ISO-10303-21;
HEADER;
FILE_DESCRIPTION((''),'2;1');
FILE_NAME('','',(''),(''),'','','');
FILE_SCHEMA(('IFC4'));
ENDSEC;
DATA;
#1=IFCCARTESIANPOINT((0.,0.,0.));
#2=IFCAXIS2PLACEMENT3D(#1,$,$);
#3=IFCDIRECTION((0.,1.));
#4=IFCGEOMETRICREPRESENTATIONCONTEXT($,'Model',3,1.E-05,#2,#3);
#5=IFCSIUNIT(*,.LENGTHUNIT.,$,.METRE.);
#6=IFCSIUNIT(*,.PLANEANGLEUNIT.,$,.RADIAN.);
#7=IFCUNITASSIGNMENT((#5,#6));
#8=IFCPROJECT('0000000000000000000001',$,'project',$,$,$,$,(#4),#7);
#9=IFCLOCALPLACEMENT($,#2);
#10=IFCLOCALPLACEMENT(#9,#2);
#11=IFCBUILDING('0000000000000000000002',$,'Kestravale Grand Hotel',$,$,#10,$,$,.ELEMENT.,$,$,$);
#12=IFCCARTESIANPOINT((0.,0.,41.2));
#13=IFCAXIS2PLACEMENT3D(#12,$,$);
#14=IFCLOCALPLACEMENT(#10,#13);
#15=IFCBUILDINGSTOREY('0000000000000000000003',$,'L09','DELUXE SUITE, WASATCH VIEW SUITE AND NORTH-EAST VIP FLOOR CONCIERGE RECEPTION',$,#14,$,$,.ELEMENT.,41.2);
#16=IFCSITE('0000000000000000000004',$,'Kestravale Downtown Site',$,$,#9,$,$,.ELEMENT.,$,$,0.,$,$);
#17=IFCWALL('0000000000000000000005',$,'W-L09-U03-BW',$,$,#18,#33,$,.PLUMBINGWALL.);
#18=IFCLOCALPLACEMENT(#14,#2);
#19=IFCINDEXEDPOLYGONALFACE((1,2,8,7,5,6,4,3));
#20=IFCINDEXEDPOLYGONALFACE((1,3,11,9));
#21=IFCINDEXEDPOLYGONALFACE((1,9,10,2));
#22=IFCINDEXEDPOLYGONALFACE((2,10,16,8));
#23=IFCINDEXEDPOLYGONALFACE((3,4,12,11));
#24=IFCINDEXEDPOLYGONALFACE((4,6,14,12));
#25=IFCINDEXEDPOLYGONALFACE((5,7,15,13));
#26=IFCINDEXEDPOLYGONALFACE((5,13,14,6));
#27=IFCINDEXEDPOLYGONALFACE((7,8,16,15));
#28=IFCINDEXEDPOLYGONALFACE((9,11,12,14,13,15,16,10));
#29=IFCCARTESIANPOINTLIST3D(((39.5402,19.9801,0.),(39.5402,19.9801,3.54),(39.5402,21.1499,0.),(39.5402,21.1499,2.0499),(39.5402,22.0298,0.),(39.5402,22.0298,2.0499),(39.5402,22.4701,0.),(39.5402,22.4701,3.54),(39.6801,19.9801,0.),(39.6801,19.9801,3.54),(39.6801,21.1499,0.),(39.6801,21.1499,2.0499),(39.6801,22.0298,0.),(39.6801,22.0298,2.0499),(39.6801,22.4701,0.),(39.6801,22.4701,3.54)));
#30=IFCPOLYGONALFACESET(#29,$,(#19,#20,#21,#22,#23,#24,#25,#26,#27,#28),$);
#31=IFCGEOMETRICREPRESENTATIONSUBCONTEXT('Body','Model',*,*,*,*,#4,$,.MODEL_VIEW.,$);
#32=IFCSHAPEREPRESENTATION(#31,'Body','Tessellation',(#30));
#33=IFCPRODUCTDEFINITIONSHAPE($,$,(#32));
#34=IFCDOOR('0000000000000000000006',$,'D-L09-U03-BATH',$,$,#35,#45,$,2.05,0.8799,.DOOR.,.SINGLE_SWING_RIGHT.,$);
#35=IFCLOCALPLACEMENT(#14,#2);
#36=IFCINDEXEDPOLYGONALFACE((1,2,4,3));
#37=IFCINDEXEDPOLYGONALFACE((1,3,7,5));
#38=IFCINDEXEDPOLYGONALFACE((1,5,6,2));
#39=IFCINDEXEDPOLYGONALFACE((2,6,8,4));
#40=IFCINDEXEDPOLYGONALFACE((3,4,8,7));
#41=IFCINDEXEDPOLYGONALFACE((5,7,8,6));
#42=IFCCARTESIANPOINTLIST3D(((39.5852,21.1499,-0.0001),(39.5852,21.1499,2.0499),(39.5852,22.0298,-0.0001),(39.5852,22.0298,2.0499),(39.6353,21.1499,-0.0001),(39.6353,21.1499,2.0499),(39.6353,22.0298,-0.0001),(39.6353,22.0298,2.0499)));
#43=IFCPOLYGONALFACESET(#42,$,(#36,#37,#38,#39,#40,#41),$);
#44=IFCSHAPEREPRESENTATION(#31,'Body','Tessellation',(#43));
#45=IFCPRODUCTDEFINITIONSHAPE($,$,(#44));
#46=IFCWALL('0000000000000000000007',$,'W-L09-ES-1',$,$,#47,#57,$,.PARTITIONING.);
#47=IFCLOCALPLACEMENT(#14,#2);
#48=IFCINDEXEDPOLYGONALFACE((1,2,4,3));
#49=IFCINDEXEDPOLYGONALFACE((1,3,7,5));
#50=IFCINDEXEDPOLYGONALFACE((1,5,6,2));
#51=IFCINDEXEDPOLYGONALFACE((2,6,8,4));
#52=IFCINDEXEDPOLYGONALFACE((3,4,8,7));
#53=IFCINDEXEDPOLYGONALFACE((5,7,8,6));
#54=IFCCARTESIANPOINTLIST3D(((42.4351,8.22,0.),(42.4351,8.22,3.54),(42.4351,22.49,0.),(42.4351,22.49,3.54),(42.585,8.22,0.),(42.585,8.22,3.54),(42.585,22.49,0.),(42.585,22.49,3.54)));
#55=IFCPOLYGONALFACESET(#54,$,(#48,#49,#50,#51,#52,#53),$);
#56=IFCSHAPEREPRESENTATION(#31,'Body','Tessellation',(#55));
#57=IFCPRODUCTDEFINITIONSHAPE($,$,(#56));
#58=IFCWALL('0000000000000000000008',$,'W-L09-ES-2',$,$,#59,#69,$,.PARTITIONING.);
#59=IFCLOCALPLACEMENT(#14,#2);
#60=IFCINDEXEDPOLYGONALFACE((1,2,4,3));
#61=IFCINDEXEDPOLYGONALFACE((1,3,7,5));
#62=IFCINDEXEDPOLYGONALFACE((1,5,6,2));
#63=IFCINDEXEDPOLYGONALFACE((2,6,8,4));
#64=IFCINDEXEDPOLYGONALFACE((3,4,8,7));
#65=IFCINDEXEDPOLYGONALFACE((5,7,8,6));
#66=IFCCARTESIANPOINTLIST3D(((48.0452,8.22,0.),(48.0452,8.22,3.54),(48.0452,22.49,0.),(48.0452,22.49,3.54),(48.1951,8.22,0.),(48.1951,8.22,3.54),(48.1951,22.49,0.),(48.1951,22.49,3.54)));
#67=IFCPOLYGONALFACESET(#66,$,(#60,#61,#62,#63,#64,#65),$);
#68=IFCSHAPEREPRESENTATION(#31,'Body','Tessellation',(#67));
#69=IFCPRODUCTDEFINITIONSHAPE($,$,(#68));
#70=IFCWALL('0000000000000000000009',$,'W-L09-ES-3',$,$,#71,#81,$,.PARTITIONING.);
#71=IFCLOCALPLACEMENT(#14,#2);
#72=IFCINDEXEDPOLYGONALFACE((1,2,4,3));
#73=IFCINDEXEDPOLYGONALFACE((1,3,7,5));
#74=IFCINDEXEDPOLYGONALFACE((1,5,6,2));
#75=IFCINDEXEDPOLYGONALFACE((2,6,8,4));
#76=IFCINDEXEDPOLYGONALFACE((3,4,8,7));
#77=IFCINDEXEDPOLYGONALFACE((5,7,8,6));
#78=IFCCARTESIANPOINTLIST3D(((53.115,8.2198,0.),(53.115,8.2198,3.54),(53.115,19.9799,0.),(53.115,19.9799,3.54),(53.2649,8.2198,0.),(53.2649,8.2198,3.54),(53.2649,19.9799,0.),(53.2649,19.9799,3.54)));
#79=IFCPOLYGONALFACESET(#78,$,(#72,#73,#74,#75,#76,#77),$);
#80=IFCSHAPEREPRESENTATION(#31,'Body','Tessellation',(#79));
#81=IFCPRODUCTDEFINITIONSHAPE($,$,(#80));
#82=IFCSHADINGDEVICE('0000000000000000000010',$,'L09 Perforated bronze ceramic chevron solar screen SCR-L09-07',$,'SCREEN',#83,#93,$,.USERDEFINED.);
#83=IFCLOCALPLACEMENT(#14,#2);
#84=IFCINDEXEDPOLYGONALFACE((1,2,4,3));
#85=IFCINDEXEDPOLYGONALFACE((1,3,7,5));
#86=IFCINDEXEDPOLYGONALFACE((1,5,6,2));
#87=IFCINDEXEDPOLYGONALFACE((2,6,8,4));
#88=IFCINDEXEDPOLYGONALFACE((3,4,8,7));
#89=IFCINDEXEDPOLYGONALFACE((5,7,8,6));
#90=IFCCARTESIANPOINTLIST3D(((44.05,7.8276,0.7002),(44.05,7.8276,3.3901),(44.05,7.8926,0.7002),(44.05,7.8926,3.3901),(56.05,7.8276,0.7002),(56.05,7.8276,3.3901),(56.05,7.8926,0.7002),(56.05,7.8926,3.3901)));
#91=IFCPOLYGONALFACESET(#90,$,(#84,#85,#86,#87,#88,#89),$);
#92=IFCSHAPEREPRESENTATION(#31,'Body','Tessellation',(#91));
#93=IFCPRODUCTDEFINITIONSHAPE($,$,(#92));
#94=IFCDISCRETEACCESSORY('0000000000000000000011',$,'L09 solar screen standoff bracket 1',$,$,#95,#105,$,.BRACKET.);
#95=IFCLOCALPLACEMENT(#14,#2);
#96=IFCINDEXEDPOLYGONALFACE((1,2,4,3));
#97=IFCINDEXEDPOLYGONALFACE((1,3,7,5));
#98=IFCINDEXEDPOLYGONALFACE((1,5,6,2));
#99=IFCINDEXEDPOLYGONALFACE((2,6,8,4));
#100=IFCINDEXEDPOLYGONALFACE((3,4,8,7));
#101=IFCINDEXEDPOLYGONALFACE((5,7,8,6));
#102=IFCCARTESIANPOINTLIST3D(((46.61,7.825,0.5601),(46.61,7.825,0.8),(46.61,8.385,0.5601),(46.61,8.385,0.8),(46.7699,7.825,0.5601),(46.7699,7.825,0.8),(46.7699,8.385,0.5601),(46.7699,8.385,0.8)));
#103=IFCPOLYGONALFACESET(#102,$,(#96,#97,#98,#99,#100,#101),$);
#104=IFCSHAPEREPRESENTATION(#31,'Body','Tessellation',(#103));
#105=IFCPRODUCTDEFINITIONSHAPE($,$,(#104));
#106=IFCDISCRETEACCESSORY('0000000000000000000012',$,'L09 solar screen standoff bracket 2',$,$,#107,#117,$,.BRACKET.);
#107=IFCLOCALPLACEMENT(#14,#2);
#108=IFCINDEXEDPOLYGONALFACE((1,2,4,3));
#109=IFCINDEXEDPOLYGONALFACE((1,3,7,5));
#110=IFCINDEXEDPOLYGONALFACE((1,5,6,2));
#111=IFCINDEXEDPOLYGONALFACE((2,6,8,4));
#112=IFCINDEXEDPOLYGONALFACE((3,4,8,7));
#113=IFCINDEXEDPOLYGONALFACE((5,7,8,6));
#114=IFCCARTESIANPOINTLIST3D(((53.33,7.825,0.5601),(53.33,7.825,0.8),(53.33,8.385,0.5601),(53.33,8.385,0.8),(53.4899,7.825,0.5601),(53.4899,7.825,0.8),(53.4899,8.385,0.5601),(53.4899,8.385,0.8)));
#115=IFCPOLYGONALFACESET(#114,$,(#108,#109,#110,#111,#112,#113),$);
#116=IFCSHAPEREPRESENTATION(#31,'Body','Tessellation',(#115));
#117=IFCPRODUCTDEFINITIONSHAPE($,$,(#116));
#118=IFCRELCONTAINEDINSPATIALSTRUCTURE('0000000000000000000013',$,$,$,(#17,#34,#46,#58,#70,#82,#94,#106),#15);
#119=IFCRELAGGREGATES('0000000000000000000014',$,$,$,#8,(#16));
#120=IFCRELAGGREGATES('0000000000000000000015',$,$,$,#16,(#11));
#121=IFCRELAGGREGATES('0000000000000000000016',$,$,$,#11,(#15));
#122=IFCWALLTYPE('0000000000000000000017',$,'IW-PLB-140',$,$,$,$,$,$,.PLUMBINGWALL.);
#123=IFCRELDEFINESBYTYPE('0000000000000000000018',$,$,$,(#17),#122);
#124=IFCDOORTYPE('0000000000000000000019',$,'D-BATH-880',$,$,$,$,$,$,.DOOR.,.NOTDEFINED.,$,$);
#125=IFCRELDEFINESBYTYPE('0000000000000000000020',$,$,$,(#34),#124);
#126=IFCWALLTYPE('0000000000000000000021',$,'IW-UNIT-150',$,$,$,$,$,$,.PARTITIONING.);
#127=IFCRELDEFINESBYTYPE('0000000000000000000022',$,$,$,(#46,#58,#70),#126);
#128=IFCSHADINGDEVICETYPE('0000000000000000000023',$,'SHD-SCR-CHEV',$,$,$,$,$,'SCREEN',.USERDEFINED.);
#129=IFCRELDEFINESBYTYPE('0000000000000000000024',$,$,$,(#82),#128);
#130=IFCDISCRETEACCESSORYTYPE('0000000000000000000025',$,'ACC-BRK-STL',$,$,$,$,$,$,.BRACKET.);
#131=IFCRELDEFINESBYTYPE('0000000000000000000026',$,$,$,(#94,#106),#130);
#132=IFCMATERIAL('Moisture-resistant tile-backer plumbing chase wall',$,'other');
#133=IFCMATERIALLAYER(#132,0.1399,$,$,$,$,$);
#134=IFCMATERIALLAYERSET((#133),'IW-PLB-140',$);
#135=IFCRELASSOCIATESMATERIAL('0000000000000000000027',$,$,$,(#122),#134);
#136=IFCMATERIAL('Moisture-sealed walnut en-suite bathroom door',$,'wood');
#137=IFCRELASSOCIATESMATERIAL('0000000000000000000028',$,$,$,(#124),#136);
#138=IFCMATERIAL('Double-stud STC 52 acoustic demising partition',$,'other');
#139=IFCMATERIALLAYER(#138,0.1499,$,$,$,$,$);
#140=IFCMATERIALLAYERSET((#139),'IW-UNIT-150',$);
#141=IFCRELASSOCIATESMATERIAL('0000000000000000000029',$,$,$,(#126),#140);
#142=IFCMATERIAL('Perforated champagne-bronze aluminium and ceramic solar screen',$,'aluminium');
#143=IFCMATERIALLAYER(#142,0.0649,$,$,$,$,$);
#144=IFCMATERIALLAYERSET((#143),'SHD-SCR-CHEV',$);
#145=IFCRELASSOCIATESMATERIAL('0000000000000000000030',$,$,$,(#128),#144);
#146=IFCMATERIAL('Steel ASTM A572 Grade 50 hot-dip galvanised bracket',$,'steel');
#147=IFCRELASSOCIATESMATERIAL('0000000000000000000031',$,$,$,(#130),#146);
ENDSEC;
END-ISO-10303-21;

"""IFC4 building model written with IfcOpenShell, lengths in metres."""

from ifc_helpers import new_model, si_unit, direction, frame, frame_2d, origin, origin_2d, place, context, subcontext, project, spatial, rectangle, extrude, material, layer, layer_set, type_object, element, fill, save


model = new_model("IFC4")

# Units and contexts
model_context = context("Model", 3, precision=1e-05, world=origin(), true_north=direction((0.0, 1.0)))
body_context = subcontext(model_context, "Body", "Model", "MODEL_VIEW")
ifc_project = project(units=[si_unit("LENGTHUNIT", "METRE"), si_unit("PLANEANGLEUNIT", "RADIAN")], contexts=[model_context])

# Site, building, storey
site_placement = place(None, origin())
site = spatial("IfcSite", under=ifc_project, at=site_placement, Name="Kestravale Downtown Site", CompositionType="ELEMENT", RefElevation=0.0)
building_placement = place(site_placement, origin())
building = spatial("IfcBuilding", under=site, at=building_placement, Name="Kestravale Grand Hotel", CompositionType="ELEMENT")
storey_placement = place(building_placement, frame((0.0, 0.0, 41.2)))
storey = spatial("IfcBuildingStorey", under=building, at=storey_placement, Name="L09", Description="DELUXE SUITE, WASATCH VIEW SUITE AND NORTH-EAST VIP FLOOR CONCIERGE RECEPTION", CompositionType="ELEMENT", Elevation=41.2)

# Wall, opening, door
ifc_material_1 = material(Name="Moisture-resistant tile-backer plumbing chase wall", Category="other")
ifc_layer_1 = layer(ifc_material_1, 0.1399)
ifc_layer_set_1 = layer_set([ifc_layer_1], Name="IW-PLB-140")
wall_type_1 = type_object("IfcWallType", Name="IW-PLB-140", PredefinedType="PLUMBINGWALL", material=ifc_layer_set_1)
wall_1_placement = place(storey_placement, frame((39.6101, 19.98, 0.0), z_axis=(0.0, 0.0, 1.0), x_axis=(0.0, 1.0, 0.0)))
wall_1 = element("IfcWall", 1, at=wall_1_placement, inside=storey, type_object=wall_type_1, Name="W-L09-U03-BW", PredefinedType="PLUMBINGWALL", context=body_context, shape_type="SweptSolid", body=[
    extrude(rectangle(XDim=2.49, YDim=0.1399, at=frame_2d((1.2451, 0.0))), origin(), (0.0, 0.0, 1.0), 3.54),
])
opening_1_placement = place(wall_1_placement, frame((1.1699, 0.0, 0.0)))
opening_1 = element("IfcOpeningElement", 2, at=opening_1_placement, cuts=wall_1, PredefinedType="OPENING", context=body_context, shape_type="SweptSolid", body=[
    extrude(rectangle(XDim=0.8799, YDim=2.05, at=frame_2d((0.4399, 1.0249))), frame((0.0, 0.0798, 0.0), z_axis=(0.0, -1.0, 0.0), x_axis=(1.0, 0.0, 0.0)), (0.0, 0.0, 1.0), 0.1599),
])
ifc_material_2 = material(Name="Moisture-sealed walnut en-suite bathroom door", Category="wood")
door_type = type_object("IfcDoorType", Name="D-BATH-880", OperationType="NOTDEFINED", PredefinedType="DOOR", material=ifc_material_2)
door_placement = place(opening_1_placement, origin())
door = element("IfcDoor", 3, at=door_placement, inside=storey, type_object=door_type, Name="D-L09-U03-BATH", OperationType="SINGLE_SWING_RIGHT", OverallHeight=2.05, OverallWidth=0.8799, PredefinedType="DOOR", context=body_context, shape_type="SweptSolid", body=[
    extrude(rectangle(XDim=0.8799, YDim=2.05, at=frame_2d((0.4399, 1.0249))), frame((0.0, 0.0249, 0.0), z_axis=(0.0, -1.0, 0.0), x_axis=(1.0, 0.0, 0.0)), (0.0, 0.0, 1.0), 0.05),
])
fill(opening_1, door)

# Walls
ifc_material_3 = material(Name="Double-stud STC 52 acoustic demising partition", Category="other")
ifc_layer_2 = layer(ifc_material_3, 0.1499)
ifc_layer_set_2 = layer_set([ifc_layer_2], Name="IW-UNIT-150")
wall_type_2 = type_object("IfcWallType", Name="IW-UNIT-150", PredefinedType="PARTITIONING", material=ifc_layer_set_2)
for number, where, z_axis, x_axis, name in (
    (4, (42.51, 8.22, 0.0), (0.0, 0.0, 1.0), (0.0, 1.0, 0.0), "W-L09-ES-1"),
    (5, (48.1201, 8.22, 0.0), (0.0, 0.0, 1.0), (0.0, 1.0, 0.0), "W-L09-ES-2"),
):
    element("IfcWall", number, at=place(storey_placement, frame(where, z_axis=z_axis, x_axis=x_axis)), inside=storey, type_object=wall_type_2, Name=name, PredefinedType="PARTITIONING", context=body_context, shape_type="SweptSolid", body=[
        extrude(rectangle(XDim=14.27, YDim=0.1499, at=frame_2d((7.135, 0.0))), origin(), (0.0, 0.0, 1.0), 3.54),
    ])
wall_2_placement = place(storey_placement, frame((53.1899, 8.22, 0.0), z_axis=(0.0, 0.0, 1.0), x_axis=(0.0, 1.0, 0.0)))
element("IfcWall", 6, at=wall_2_placement, inside=storey, type_object=wall_type_2, Name="W-L09-ES-3", PredefinedType="PARTITIONING", context=body_context, shape_type="SweptSolid", body=[
    extrude(rectangle(XDim=11.76, YDim=0.1499, at=frame_2d((5.8799, 0.0))), origin(), (0.0, 0.0, 1.0), 3.54),
])

# Shading device
ifc_material_4 = material(Name="Perforated champagne-bronze aluminium and ceramic solar screen", Category="aluminium")
ifc_layer_3 = layer(ifc_material_4, 0.0649)
ifc_layer_set_3 = layer_set([ifc_layer_3], Name="SHD-SCR-CHEV")
shading_device_type = type_object("IfcShadingDeviceType", Name="SHD-SCR-CHEV", ElementType="SCREEN", PredefinedType="USERDEFINED", material=ifc_layer_set_3)
shading_device_placement = place(storey_placement, frame((50.05, 7.8601, 0.7002), z_axis=(0.0, 0.0, 1.0), x_axis=(1.0, 0.0, 0.0)))
element("IfcShadingDevice", 7, at=shading_device_placement, inside=storey, type_object=shading_device_type, Name="L09 Perforated bronze ceramic chevron solar screen SCR-L09-07", ObjectType="SCREEN", PredefinedType="USERDEFINED", context=body_context, shape_type="SweptSolid", body=[
    extrude(rectangle(XDim=12.0, YDim=0.0649, at=origin_2d()), origin(), (0.0, 0.0, 1.0), 2.6899),
])

# Discrete accessories
ifc_material_5 = material(Name="Steel ASTM A572 Grade 50 hot-dip galvanised bracket", Category="steel")
discrete_accessory_type = type_object("IfcDiscreteAccessoryType", Name="ACC-BRK-STL", PredefinedType="BRACKET", material=ifc_material_5)
for number, where, z_axis, x_axis, name in (
    (8, (46.6899, 8.105, 0.5601), (0.0, 0.0, 1.0), (1.0, 0.0, 0.0), "L09 solar screen standoff bracket 1"),
    (9, (53.4099, 8.105, 0.5601), (0.0, 0.0, 1.0), (1.0, 0.0, 0.0), "L09 solar screen standoff bracket 2"),
):
    element("IfcDiscreteAccessory", number, at=place(storey_placement, frame(where, z_axis=z_axis, x_axis=x_axis)), inside=storey, type_object=discrete_accessory_type, Name=name, PredefinedType="BRACKET", context=body_context, shape_type="SweptSolid", body=[
        extrude(rectangle(XDim=0.1599, YDim=0.5601, at=origin_2d()), origin(), (0.0, 0.0, 1.0), 0.24),
    ])

save(model, "model.ifc")
